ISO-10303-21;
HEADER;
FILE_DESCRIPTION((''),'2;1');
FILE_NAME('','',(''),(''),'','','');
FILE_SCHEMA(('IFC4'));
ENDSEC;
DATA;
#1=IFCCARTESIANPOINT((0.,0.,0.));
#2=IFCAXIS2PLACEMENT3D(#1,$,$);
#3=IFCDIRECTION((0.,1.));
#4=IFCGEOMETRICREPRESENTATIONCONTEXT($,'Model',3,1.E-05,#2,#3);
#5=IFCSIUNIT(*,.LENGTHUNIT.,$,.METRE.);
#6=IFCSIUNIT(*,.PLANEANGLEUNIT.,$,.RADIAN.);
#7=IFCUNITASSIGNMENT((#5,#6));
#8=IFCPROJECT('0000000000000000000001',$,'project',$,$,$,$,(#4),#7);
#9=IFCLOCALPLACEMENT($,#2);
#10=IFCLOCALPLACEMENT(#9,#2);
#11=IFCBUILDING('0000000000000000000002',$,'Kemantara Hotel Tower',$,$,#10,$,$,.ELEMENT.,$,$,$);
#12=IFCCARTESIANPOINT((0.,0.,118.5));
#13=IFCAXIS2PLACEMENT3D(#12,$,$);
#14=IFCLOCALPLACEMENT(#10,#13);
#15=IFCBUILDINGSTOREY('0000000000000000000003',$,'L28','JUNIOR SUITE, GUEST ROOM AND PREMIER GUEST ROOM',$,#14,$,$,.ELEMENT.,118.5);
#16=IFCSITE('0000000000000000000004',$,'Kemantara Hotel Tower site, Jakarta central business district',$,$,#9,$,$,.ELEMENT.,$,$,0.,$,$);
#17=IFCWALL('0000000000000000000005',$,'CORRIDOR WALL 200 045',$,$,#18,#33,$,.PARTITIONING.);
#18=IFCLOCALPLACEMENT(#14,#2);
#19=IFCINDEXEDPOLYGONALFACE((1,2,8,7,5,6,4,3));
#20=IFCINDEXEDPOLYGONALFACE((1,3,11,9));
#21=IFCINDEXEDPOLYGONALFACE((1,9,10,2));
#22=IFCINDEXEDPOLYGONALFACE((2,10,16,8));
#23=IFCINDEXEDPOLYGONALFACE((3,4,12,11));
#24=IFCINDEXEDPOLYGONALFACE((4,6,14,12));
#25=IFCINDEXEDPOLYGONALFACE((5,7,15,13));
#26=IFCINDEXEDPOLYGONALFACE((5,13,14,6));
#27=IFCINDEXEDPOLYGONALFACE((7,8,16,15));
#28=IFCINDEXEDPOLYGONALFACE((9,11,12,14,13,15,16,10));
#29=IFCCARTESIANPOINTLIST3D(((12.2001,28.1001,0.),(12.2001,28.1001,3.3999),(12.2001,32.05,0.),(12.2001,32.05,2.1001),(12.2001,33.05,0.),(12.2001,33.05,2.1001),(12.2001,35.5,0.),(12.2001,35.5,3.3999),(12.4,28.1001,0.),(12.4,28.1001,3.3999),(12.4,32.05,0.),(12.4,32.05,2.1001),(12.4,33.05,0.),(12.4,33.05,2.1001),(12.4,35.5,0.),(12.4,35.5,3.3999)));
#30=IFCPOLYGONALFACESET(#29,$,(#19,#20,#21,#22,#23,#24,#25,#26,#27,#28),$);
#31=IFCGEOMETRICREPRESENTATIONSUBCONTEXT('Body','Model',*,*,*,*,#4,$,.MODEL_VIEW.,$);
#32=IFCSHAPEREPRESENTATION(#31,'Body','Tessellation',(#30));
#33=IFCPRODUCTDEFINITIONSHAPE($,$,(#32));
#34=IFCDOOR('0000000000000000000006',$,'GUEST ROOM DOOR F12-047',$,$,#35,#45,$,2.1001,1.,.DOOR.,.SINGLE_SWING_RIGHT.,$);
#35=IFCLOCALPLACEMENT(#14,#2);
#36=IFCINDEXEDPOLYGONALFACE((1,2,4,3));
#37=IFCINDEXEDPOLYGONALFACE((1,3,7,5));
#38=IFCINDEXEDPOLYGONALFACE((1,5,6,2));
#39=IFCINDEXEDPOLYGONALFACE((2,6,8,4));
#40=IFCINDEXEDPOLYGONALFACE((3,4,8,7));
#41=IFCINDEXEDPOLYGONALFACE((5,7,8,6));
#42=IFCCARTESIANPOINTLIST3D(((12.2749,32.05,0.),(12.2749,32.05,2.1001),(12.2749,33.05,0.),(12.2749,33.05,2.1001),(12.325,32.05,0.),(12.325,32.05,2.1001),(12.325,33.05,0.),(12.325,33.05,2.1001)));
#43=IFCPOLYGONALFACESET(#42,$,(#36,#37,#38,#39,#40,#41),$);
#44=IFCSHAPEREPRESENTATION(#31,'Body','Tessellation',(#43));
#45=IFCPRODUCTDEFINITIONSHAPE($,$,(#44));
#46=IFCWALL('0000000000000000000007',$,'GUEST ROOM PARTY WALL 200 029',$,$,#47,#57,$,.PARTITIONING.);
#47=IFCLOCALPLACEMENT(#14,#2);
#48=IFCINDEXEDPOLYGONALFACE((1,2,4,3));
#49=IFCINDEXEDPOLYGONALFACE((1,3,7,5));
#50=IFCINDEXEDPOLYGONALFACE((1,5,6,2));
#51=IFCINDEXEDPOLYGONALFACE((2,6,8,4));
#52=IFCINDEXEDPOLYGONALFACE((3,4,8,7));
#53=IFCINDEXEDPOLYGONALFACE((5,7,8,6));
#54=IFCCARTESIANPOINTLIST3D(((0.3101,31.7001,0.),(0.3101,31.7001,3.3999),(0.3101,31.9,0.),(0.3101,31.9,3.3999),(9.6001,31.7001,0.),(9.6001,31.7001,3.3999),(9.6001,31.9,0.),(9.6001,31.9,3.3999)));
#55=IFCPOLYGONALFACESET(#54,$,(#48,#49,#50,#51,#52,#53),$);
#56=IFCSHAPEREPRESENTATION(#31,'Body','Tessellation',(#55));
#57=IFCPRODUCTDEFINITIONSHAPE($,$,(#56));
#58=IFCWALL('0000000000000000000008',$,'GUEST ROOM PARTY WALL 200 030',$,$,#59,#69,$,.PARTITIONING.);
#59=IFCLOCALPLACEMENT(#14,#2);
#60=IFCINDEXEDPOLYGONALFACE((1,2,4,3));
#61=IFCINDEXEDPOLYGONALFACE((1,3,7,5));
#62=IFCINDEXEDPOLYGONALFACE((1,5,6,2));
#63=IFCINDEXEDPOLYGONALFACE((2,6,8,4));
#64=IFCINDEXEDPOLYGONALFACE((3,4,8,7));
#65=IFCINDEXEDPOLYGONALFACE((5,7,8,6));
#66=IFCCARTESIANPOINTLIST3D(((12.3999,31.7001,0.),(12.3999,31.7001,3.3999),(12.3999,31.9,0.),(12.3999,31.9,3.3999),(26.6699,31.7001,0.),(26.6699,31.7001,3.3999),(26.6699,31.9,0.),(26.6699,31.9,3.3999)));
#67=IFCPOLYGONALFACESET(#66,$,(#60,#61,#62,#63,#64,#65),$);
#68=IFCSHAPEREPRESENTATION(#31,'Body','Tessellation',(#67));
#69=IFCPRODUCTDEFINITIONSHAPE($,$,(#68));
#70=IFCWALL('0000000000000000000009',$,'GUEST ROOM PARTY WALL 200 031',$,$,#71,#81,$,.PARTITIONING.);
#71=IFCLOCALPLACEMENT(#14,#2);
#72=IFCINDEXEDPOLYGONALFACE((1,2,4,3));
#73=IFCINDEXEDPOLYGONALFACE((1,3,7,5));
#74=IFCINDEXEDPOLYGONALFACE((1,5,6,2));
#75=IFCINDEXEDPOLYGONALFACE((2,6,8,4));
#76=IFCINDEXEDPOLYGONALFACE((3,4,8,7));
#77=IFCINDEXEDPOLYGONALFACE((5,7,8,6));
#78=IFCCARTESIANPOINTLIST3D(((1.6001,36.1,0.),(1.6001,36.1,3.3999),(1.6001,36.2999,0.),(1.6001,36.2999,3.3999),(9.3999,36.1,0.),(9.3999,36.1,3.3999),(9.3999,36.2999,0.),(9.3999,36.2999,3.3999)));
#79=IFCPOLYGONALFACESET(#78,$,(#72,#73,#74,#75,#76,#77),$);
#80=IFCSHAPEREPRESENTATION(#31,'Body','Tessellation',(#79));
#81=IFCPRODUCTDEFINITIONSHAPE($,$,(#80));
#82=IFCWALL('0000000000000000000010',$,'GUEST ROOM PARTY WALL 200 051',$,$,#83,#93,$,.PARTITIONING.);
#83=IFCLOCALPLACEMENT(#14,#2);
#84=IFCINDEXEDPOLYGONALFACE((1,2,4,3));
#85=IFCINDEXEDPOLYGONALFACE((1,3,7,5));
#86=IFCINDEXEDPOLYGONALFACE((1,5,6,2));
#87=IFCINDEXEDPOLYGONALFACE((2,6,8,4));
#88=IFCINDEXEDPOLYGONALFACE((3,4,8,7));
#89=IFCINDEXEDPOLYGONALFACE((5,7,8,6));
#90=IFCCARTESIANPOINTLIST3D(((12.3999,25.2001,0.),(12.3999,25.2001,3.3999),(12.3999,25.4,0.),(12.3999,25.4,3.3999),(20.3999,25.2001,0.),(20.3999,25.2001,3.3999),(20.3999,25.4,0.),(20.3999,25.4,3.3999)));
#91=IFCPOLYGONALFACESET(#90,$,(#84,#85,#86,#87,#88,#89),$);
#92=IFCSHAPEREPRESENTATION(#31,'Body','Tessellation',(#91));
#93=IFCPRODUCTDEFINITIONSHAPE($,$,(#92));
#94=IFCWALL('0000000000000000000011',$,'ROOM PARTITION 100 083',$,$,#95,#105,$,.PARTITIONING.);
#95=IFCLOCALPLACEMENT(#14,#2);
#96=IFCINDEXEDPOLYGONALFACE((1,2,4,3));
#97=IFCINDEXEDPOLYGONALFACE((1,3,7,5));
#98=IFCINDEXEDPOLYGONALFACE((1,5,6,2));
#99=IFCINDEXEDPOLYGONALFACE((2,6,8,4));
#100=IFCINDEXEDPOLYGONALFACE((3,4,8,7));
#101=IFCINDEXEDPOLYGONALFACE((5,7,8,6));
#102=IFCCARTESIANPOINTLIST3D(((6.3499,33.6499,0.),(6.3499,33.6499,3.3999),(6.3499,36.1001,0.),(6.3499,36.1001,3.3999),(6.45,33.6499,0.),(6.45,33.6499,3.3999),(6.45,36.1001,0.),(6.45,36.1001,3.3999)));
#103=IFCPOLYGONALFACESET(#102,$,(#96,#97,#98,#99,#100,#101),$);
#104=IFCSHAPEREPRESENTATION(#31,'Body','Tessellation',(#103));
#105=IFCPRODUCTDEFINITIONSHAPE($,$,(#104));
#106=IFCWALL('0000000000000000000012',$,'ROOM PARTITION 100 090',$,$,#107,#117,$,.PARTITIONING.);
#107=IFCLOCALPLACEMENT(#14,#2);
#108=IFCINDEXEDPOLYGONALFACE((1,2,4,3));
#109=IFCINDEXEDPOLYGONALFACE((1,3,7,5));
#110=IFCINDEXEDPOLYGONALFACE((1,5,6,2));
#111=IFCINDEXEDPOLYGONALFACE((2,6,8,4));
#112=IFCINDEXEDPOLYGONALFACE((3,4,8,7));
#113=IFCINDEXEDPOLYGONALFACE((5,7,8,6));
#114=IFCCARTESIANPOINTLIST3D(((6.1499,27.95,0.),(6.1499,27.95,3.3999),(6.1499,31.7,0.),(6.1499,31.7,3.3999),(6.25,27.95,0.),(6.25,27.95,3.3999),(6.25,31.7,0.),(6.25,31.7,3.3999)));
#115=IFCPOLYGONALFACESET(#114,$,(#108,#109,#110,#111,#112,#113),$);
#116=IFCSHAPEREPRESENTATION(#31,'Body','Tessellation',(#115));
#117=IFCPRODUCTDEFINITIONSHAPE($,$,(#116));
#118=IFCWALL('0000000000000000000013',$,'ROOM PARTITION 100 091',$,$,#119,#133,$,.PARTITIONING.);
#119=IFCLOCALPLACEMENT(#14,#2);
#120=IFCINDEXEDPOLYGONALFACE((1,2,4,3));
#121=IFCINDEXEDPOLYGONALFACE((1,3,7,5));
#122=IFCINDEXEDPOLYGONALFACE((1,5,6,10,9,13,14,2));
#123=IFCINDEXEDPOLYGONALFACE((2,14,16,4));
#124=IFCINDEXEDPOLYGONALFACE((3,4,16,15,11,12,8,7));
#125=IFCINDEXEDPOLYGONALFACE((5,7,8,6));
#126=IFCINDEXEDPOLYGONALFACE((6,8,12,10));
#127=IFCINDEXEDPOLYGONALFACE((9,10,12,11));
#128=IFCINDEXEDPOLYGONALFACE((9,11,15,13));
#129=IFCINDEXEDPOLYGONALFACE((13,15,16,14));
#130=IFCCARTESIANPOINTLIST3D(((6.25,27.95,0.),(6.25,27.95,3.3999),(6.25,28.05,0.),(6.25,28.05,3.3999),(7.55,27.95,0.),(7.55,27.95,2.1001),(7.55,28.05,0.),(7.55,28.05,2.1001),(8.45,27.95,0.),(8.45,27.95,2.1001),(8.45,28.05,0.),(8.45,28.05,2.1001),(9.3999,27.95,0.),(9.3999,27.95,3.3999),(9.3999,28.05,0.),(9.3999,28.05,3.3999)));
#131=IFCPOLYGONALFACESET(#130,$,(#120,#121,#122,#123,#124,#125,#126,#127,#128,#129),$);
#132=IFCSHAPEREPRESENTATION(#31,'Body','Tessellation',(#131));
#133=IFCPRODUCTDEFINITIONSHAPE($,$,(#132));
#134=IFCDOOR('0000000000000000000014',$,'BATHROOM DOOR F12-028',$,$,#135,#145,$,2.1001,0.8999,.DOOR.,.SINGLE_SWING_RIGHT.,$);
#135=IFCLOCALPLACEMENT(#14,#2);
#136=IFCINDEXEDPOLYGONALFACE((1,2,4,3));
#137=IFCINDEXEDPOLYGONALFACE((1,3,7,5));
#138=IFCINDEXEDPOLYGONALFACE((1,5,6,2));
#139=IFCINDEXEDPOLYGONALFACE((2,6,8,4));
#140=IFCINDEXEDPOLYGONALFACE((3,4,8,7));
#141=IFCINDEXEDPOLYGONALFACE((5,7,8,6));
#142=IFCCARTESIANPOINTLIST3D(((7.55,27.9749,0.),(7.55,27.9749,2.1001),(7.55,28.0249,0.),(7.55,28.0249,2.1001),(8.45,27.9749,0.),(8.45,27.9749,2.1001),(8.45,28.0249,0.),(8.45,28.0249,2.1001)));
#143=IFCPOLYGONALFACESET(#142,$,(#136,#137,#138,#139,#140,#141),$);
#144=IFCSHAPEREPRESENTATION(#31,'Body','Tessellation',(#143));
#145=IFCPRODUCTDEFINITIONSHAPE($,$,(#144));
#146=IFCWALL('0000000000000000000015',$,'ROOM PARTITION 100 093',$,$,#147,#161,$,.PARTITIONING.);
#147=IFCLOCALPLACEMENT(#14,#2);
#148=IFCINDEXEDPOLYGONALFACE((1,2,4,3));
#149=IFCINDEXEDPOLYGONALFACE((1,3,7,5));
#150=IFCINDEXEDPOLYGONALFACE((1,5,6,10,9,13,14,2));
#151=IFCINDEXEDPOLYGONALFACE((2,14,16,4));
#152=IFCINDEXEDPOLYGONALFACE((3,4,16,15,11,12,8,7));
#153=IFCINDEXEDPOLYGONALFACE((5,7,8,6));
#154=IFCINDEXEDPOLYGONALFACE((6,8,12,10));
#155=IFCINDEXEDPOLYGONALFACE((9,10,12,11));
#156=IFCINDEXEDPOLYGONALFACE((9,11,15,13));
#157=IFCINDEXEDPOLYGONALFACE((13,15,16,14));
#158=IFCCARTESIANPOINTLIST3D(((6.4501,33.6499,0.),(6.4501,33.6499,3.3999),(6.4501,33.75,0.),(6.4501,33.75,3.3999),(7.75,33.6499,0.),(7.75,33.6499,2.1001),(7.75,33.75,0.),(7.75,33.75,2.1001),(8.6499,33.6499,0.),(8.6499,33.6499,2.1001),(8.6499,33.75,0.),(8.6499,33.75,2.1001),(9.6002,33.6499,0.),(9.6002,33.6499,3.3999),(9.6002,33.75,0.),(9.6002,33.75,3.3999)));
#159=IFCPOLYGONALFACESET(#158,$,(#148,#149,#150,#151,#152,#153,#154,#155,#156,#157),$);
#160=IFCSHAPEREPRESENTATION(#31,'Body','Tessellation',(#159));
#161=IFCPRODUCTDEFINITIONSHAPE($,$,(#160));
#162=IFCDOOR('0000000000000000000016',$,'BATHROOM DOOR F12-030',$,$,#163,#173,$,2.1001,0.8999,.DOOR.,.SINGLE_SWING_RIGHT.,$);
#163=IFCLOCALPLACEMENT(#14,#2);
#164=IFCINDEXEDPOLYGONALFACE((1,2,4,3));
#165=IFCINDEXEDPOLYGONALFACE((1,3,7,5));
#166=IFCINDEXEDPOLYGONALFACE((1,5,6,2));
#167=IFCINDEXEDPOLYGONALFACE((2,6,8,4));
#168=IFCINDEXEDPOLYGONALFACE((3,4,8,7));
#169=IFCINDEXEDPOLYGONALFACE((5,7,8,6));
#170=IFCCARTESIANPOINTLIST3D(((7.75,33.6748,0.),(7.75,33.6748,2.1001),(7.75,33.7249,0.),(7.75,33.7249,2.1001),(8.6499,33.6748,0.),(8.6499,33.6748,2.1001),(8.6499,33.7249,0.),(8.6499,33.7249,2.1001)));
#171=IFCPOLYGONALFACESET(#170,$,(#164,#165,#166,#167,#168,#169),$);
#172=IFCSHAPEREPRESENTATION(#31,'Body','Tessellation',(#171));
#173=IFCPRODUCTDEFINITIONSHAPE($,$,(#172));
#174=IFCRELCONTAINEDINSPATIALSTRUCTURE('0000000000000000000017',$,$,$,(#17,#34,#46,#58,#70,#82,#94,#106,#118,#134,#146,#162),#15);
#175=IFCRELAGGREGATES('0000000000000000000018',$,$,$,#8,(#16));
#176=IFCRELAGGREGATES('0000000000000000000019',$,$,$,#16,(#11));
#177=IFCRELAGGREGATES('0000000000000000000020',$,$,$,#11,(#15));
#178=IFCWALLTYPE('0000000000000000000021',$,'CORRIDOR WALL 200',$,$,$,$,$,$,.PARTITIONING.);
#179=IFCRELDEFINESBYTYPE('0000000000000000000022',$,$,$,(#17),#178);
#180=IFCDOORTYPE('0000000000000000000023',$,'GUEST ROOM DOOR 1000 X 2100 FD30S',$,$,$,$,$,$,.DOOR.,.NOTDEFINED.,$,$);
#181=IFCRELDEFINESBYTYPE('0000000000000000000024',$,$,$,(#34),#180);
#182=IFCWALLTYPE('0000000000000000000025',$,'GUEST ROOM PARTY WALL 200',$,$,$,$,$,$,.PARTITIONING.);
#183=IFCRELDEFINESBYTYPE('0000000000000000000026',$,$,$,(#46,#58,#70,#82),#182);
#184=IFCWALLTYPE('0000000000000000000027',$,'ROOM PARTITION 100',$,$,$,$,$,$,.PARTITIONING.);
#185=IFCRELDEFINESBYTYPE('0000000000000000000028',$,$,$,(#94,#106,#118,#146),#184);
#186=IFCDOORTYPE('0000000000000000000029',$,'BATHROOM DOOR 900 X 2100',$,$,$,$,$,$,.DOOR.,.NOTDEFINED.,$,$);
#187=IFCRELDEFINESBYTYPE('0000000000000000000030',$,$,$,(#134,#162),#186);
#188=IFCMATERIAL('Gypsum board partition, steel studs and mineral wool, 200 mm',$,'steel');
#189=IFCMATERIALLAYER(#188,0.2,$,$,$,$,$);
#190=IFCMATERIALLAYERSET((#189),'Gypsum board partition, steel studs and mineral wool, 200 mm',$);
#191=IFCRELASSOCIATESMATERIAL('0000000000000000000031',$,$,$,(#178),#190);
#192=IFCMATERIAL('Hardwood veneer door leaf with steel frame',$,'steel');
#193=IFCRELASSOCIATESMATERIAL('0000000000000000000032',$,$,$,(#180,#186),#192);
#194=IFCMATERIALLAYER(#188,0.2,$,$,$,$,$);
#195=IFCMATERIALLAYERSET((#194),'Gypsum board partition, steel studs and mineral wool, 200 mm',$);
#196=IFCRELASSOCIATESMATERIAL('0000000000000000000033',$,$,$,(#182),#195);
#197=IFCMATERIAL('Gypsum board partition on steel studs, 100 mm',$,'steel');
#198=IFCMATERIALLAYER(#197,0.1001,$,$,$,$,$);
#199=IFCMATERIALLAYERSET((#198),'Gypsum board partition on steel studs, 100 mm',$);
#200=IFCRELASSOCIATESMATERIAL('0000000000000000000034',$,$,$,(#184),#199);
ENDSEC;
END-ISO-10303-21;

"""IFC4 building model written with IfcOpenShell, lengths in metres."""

from ifc_helpers import new_model, si_unit, direction, frame, frame_2d, origin, place, context, subcontext, project, spatial, rectangle, extrude, material, layer, layer_set, type_object, element, fill, save


model = new_model("IFC4")

# Units and contexts
model_context = context("Model", 3, precision=1e-05, world=origin(), true_north=direction((0.0, 1.0)))
body_context = subcontext(model_context, "Body", "Model", "MODEL_VIEW")
ifc_project = project(units=[si_unit("LENGTHUNIT", "METRE"), si_unit("PLANEANGLEUNIT", "RADIAN")], contexts=[model_context])

# Site, building, storey
site_placement = place(None, origin())
site = spatial("IfcSite", under=ifc_project, at=site_placement, Name="Kemantara Hotel Tower site, Jakarta central business district", CompositionType="ELEMENT", RefElevation=0.0)
building_placement = place(site_placement, origin())
building = spatial("IfcBuilding", under=site, at=building_placement, Name="Kemantara Hotel Tower", CompositionType="ELEMENT")
storey_placement = place(building_placement, frame((0.0, 0.0, 118.5)))
storey = spatial("IfcBuildingStorey", under=building, at=storey_placement, Name="L28", Description="JUNIOR SUITE, GUEST ROOM AND PREMIER GUEST ROOM", CompositionType="ELEMENT", Elevation=118.5)

# Wall, opening, door
ifc_material_1 = material(Name="Gypsum board partition, steel studs and mineral wool, 200 mm", Category="steel")
ifc_layer_1 = layer(ifc_material_1, 0.2)
ifc_layer_set_1 = layer_set([ifc_layer_1], Name="Gypsum board partition, steel studs and mineral wool, 200 mm")
wall_type_1 = type_object("IfcWallType", Name="CORRIDOR WALL 200", PredefinedType="PARTITIONING", material=ifc_layer_set_1)
ifc_material_2 = material(Name="Hardwood veneer door leaf with steel frame", Category="steel")
door_type_1 = type_object("IfcDoorType", Name="GUEST ROOM DOOR 1000 X 2100 FD30S", OperationType="NOTDEFINED", PredefinedType="DOOR", material=ifc_material_2)
wall_1_placement = place(storey_placement, frame((12.3, 35.5, 0.0), z_axis=(0.0, 0.0, 1.0), x_axis=(0.0, -1.0, 0.0)))
wall_1 = element("IfcWall", 1, at=wall_1_placement, inside=storey, type_object=wall_type_1, Name="CORRIDOR WALL 200 045", PredefinedType="PARTITIONING", context=body_context, shape_type="SweptSolid", body=[
    extrude(rectangle(XDim=7.3999, YDim=0.2, at=frame_2d((3.7, 0.0))), origin(), (0.0, 0.0, 1.0), 3.3999),
])
opening_1_placement = place(wall_1_placement, frame((2.45, 0.0, 0.0)))
opening_1 = element("IfcOpeningElement", 2, at=opening_1_placement, cuts=wall_1, PredefinedType="OPENING", context=body_context, shape_type="SweptSolid", body=[
    extrude(rectangle(XDim=1.0, YDim=2.1001, at=frame_2d((0.5, 1.05))), frame((0.0, 0.1099, 0.0), z_axis=(0.0, -1.0, 0.0), x_axis=(1.0, 0.0, 0.0)), (0.0, 0.0, 1.0), 0.22),
])
door_1_placement = place(opening_1_placement, origin())
door_1 = element("IfcDoor", 3, at=door_1_placement, inside=storey, type_object=door_type_1, Name="GUEST ROOM DOOR F12-047", OperationType="SINGLE_SWING_RIGHT", OverallHeight=2.1001, OverallWidth=1.0, PredefinedType="DOOR", context=body_context, shape_type="SweptSolid", body=[
    extrude(rectangle(XDim=1.0, YDim=2.1001, at=frame_2d((0.5, 1.05))), frame((0.0, 0.0249, 0.0), z_axis=(0.0, -1.0, 0.0), x_axis=(1.0, 0.0, 0.0)), (0.0, 0.0, 1.0), 0.05),
])
fill(opening_1, door_1)

# Walls
ifc_layer_2 = layer(ifc_material_1, 0.2)
ifc_layer_set_2 = layer_set([ifc_layer_2], Name="Gypsum board partition, steel studs and mineral wool, 200 mm")
wall_type_2 = type_object("IfcWallType", Name="GUEST ROOM PARTY WALL 200", PredefinedType="PARTITIONING", material=ifc_layer_set_2)
wall_2_placement = place(storey_placement, frame((0.3101, 31.8, 0.0), z_axis=(0.0, 0.0, 1.0), x_axis=(1.0, 0.0, 0.0)))
element("IfcWall", 4, at=wall_2_placement, inside=storey, type_object=wall_type_2, Name="GUEST ROOM PARTY WALL 200 029", PredefinedType="PARTITIONING", context=body_context, shape_type="SweptSolid", body=[
    extrude(rectangle(XDim=9.29, YDim=0.2, at=frame_2d((4.645, 0.0))), origin(), (0.0, 0.0, 1.0), 3.3999),
])
wall_3_placement = place(storey_placement, frame((12.3999, 31.8, 0.0), z_axis=(0.0, 0.0, 1.0), x_axis=(1.0, 0.0, 0.0)))
element("IfcWall", 5, at=wall_3_placement, inside=storey, type_object=wall_type_2, Name="GUEST ROOM PARTY WALL 200 030", PredefinedType="PARTITIONING", context=body_context, shape_type="SweptSolid", body=[
    extrude(rectangle(XDim=14.27, YDim=0.2, at=frame_2d((7.135, 0.0))), origin(), (0.0, 0.0, 1.0), 3.3999),
])
wall_4_placement = place(storey_placement, frame((1.6001, 36.2, 0.0), z_axis=(0.0, 0.0, 1.0), x_axis=(1.0, 0.0, 0.0)))
element("IfcWall", 6, at=wall_4_placement, inside=storey, type_object=wall_type_2, Name="GUEST ROOM PARTY WALL 200 031", PredefinedType="PARTITIONING", context=body_context, shape_type="SweptSolid", body=[
    extrude(rectangle(XDim=7.7998, YDim=0.2, at=frame_2d((3.8999, 0.0))), origin(), (0.0, 0.0, 1.0), 3.3999),
])
wall_5_placement = place(storey_placement, frame((12.3999, 25.3, 0.0), z_axis=(0.0, 0.0, 1.0), x_axis=(1.0, 0.0, 0.0)))
element("IfcWall", 7, at=wall_5_placement, inside=storey, type_object=wall_type_2, Name="GUEST ROOM PARTY WALL 200 051", PredefinedType="PARTITIONING", context=body_context, shape_type="SweptSolid", body=[
    extrude(rectangle(XDim=8.0, YDim=0.2, at=frame_2d((4.0, 0.0))), origin(), (0.0, 0.0, 1.0), 3.3999),
])
ifc_material_3 = material(Name="Gypsum board partition on steel studs, 100 mm", Category="steel")
ifc_layer_3 = layer(ifc_material_3, 0.1001)
ifc_layer_set_3 = layer_set([ifc_layer_3], Name="Gypsum board partition on steel studs, 100 mm")
wall_type_3 = type_object("IfcWallType", Name="ROOM PARTITION 100", PredefinedType="PARTITIONING", material=ifc_layer_set_3)
wall_6_placement = place(storey_placement, frame((6.3999, 33.6499, 0.0), z_axis=(0.0, 0.0, 1.0), x_axis=(0.0, 1.0, 0.0)))
element("IfcWall", 8, at=wall_6_placement, inside=storey, type_object=wall_type_3, Name="ROOM PARTITION 100 083", PredefinedType="PARTITIONING", context=body_context, shape_type="SweptSolid", body=[
    extrude(rectangle(XDim=2.4502, YDim=0.1001, at=frame_2d((1.2251, 0.0))), origin(), (0.0, 0.0, 1.0), 3.3999),
])
wall_7_placement = place(storey_placement, frame((6.2, 27.95, 0.0), z_axis=(0.0, 0.0, 1.0), x_axis=(0.0, 1.0, 0.0)))
element("IfcWall", 9, at=wall_7_placement, inside=storey, type_object=wall_type_3, Name="ROOM PARTITION 100 090", PredefinedType="PARTITIONING", context=body_context, shape_type="SweptSolid", body=[
    extrude(rectangle(XDim=3.75, YDim=0.1001, at=frame_2d((1.875, 0.0))), origin(), (0.0, 0.0, 1.0), 3.3999),
])

# Walls, openings, doors
wall_8_placement = place(storey_placement, frame((6.25, 28.0, 0.0), z_axis=(0.0, 0.0, 1.0), x_axis=(1.0, 0.0, 0.0)))
wall_8 = element("IfcWall", 10, at=wall_8_placement, inside=storey, type_object=wall_type_3, Name="ROOM PARTITION 100 091", PredefinedType="PARTITIONING", context=body_context, shape_type="SweptSolid", body=[
    extrude(rectangle(XDim=3.1499, YDim=0.1001, at=frame_2d((1.575, 0.0))), origin(), (0.0, 0.0, 1.0), 3.3999),
])
opening_2_placement = place(wall_8_placement, frame((1.3, 0.0, 0.0)))
opening_2 = element("IfcOpeningElement", 11, at=opening_2_placement, cuts=wall_8, PredefinedType="OPENING", context=body_context, shape_type="SweptSolid", body=[
    extrude(rectangle(XDim=0.8999, YDim=2.1001, at=frame_2d((0.45, 1.05))), frame((0.0, 0.0601, 0.0), z_axis=(0.0, -1.0, 0.0), x_axis=(1.0, 0.0, 0.0)), (0.0, 0.0, 1.0), 0.1201),
])
door_type_2 = type_object("IfcDoorType", Name="BATHROOM DOOR 900 X 2100", OperationType="NOTDEFINED", PredefinedType="DOOR", material=ifc_material_2)
door_2_placement = place(opening_2_placement, origin())
door_2 = element("IfcDoor", 12, at=door_2_placement, inside=storey, type_object=door_type_2, Name="BATHROOM DOOR F12-028", OperationType="SINGLE_SWING_RIGHT", OverallHeight=2.1001, OverallWidth=0.8999, PredefinedType="DOOR", context=body_context, shape_type="SweptSolid", body=[
    extrude(rectangle(XDim=0.8999, YDim=2.1001, at=frame_2d((0.45, 1.05))), frame((0.0, 0.0249, 0.0), z_axis=(0.0, -1.0, 0.0), x_axis=(1.0, 0.0, 0.0)), (0.0, 0.0, 1.0), 0.05),
])
fill(opening_2, door_2)
wall_9_placement = place(storey_placement, frame((6.45, 33.7, 0.0), z_axis=(0.0, 0.0, 1.0), x_axis=(1.0, 0.0, 0.0)))
wall_9 = element("IfcWall", 13, at=wall_9_placement, inside=storey, type_object=wall_type_3, Name="ROOM PARTITION 100 093", PredefinedType="PARTITIONING", context=body_context, shape_type="SweptSolid", body=[
    extrude(rectangle(XDim=3.1501, YDim=0.1001, at=frame_2d((1.5752, 0.0))), origin(), (0.0, 0.0, 1.0), 3.3999),
])
opening_3_placement = place(wall_9_placement, frame((1.3, 0.0, 0.0)))
opening_3 = element("IfcOpeningElement", 14, at=opening_3_placement, cuts=wall_9, PredefinedType="OPENING", context=body_context, shape_type="SweptSolid", body=[
    extrude(rectangle(XDim=0.8999, YDim=2.1001, at=frame_2d((0.45, 1.05))), frame((0.0, 0.0601, 0.0), z_axis=(0.0, -1.0, 0.0), x_axis=(1.0, 0.0, 0.0)), (0.0, 0.0, 1.0), 0.1201),
])
door_3_placement = place(opening_3_placement, origin())
door_3 = element("IfcDoor", 15, at=door_3_placement, inside=storey, type_object=door_type_2, Name="BATHROOM DOOR F12-030", OperationType="SINGLE_SWING_RIGHT", OverallHeight=2.1001, OverallWidth=0.8999, PredefinedType="DOOR", context=body_context, shape_type="SweptSolid", body=[
    extrude(rectangle(XDim=0.8999, YDim=2.1001, at=frame_2d((0.45, 1.05))), frame((0.0, 0.0249, 0.0), z_axis=(0.0, -1.0, 0.0), x_axis=(1.0, 0.0, 0.0)), (0.0, 0.0, 1.0), 0.05),
])
fill(opening_3, door_3)

save(model, "model.ifc")
